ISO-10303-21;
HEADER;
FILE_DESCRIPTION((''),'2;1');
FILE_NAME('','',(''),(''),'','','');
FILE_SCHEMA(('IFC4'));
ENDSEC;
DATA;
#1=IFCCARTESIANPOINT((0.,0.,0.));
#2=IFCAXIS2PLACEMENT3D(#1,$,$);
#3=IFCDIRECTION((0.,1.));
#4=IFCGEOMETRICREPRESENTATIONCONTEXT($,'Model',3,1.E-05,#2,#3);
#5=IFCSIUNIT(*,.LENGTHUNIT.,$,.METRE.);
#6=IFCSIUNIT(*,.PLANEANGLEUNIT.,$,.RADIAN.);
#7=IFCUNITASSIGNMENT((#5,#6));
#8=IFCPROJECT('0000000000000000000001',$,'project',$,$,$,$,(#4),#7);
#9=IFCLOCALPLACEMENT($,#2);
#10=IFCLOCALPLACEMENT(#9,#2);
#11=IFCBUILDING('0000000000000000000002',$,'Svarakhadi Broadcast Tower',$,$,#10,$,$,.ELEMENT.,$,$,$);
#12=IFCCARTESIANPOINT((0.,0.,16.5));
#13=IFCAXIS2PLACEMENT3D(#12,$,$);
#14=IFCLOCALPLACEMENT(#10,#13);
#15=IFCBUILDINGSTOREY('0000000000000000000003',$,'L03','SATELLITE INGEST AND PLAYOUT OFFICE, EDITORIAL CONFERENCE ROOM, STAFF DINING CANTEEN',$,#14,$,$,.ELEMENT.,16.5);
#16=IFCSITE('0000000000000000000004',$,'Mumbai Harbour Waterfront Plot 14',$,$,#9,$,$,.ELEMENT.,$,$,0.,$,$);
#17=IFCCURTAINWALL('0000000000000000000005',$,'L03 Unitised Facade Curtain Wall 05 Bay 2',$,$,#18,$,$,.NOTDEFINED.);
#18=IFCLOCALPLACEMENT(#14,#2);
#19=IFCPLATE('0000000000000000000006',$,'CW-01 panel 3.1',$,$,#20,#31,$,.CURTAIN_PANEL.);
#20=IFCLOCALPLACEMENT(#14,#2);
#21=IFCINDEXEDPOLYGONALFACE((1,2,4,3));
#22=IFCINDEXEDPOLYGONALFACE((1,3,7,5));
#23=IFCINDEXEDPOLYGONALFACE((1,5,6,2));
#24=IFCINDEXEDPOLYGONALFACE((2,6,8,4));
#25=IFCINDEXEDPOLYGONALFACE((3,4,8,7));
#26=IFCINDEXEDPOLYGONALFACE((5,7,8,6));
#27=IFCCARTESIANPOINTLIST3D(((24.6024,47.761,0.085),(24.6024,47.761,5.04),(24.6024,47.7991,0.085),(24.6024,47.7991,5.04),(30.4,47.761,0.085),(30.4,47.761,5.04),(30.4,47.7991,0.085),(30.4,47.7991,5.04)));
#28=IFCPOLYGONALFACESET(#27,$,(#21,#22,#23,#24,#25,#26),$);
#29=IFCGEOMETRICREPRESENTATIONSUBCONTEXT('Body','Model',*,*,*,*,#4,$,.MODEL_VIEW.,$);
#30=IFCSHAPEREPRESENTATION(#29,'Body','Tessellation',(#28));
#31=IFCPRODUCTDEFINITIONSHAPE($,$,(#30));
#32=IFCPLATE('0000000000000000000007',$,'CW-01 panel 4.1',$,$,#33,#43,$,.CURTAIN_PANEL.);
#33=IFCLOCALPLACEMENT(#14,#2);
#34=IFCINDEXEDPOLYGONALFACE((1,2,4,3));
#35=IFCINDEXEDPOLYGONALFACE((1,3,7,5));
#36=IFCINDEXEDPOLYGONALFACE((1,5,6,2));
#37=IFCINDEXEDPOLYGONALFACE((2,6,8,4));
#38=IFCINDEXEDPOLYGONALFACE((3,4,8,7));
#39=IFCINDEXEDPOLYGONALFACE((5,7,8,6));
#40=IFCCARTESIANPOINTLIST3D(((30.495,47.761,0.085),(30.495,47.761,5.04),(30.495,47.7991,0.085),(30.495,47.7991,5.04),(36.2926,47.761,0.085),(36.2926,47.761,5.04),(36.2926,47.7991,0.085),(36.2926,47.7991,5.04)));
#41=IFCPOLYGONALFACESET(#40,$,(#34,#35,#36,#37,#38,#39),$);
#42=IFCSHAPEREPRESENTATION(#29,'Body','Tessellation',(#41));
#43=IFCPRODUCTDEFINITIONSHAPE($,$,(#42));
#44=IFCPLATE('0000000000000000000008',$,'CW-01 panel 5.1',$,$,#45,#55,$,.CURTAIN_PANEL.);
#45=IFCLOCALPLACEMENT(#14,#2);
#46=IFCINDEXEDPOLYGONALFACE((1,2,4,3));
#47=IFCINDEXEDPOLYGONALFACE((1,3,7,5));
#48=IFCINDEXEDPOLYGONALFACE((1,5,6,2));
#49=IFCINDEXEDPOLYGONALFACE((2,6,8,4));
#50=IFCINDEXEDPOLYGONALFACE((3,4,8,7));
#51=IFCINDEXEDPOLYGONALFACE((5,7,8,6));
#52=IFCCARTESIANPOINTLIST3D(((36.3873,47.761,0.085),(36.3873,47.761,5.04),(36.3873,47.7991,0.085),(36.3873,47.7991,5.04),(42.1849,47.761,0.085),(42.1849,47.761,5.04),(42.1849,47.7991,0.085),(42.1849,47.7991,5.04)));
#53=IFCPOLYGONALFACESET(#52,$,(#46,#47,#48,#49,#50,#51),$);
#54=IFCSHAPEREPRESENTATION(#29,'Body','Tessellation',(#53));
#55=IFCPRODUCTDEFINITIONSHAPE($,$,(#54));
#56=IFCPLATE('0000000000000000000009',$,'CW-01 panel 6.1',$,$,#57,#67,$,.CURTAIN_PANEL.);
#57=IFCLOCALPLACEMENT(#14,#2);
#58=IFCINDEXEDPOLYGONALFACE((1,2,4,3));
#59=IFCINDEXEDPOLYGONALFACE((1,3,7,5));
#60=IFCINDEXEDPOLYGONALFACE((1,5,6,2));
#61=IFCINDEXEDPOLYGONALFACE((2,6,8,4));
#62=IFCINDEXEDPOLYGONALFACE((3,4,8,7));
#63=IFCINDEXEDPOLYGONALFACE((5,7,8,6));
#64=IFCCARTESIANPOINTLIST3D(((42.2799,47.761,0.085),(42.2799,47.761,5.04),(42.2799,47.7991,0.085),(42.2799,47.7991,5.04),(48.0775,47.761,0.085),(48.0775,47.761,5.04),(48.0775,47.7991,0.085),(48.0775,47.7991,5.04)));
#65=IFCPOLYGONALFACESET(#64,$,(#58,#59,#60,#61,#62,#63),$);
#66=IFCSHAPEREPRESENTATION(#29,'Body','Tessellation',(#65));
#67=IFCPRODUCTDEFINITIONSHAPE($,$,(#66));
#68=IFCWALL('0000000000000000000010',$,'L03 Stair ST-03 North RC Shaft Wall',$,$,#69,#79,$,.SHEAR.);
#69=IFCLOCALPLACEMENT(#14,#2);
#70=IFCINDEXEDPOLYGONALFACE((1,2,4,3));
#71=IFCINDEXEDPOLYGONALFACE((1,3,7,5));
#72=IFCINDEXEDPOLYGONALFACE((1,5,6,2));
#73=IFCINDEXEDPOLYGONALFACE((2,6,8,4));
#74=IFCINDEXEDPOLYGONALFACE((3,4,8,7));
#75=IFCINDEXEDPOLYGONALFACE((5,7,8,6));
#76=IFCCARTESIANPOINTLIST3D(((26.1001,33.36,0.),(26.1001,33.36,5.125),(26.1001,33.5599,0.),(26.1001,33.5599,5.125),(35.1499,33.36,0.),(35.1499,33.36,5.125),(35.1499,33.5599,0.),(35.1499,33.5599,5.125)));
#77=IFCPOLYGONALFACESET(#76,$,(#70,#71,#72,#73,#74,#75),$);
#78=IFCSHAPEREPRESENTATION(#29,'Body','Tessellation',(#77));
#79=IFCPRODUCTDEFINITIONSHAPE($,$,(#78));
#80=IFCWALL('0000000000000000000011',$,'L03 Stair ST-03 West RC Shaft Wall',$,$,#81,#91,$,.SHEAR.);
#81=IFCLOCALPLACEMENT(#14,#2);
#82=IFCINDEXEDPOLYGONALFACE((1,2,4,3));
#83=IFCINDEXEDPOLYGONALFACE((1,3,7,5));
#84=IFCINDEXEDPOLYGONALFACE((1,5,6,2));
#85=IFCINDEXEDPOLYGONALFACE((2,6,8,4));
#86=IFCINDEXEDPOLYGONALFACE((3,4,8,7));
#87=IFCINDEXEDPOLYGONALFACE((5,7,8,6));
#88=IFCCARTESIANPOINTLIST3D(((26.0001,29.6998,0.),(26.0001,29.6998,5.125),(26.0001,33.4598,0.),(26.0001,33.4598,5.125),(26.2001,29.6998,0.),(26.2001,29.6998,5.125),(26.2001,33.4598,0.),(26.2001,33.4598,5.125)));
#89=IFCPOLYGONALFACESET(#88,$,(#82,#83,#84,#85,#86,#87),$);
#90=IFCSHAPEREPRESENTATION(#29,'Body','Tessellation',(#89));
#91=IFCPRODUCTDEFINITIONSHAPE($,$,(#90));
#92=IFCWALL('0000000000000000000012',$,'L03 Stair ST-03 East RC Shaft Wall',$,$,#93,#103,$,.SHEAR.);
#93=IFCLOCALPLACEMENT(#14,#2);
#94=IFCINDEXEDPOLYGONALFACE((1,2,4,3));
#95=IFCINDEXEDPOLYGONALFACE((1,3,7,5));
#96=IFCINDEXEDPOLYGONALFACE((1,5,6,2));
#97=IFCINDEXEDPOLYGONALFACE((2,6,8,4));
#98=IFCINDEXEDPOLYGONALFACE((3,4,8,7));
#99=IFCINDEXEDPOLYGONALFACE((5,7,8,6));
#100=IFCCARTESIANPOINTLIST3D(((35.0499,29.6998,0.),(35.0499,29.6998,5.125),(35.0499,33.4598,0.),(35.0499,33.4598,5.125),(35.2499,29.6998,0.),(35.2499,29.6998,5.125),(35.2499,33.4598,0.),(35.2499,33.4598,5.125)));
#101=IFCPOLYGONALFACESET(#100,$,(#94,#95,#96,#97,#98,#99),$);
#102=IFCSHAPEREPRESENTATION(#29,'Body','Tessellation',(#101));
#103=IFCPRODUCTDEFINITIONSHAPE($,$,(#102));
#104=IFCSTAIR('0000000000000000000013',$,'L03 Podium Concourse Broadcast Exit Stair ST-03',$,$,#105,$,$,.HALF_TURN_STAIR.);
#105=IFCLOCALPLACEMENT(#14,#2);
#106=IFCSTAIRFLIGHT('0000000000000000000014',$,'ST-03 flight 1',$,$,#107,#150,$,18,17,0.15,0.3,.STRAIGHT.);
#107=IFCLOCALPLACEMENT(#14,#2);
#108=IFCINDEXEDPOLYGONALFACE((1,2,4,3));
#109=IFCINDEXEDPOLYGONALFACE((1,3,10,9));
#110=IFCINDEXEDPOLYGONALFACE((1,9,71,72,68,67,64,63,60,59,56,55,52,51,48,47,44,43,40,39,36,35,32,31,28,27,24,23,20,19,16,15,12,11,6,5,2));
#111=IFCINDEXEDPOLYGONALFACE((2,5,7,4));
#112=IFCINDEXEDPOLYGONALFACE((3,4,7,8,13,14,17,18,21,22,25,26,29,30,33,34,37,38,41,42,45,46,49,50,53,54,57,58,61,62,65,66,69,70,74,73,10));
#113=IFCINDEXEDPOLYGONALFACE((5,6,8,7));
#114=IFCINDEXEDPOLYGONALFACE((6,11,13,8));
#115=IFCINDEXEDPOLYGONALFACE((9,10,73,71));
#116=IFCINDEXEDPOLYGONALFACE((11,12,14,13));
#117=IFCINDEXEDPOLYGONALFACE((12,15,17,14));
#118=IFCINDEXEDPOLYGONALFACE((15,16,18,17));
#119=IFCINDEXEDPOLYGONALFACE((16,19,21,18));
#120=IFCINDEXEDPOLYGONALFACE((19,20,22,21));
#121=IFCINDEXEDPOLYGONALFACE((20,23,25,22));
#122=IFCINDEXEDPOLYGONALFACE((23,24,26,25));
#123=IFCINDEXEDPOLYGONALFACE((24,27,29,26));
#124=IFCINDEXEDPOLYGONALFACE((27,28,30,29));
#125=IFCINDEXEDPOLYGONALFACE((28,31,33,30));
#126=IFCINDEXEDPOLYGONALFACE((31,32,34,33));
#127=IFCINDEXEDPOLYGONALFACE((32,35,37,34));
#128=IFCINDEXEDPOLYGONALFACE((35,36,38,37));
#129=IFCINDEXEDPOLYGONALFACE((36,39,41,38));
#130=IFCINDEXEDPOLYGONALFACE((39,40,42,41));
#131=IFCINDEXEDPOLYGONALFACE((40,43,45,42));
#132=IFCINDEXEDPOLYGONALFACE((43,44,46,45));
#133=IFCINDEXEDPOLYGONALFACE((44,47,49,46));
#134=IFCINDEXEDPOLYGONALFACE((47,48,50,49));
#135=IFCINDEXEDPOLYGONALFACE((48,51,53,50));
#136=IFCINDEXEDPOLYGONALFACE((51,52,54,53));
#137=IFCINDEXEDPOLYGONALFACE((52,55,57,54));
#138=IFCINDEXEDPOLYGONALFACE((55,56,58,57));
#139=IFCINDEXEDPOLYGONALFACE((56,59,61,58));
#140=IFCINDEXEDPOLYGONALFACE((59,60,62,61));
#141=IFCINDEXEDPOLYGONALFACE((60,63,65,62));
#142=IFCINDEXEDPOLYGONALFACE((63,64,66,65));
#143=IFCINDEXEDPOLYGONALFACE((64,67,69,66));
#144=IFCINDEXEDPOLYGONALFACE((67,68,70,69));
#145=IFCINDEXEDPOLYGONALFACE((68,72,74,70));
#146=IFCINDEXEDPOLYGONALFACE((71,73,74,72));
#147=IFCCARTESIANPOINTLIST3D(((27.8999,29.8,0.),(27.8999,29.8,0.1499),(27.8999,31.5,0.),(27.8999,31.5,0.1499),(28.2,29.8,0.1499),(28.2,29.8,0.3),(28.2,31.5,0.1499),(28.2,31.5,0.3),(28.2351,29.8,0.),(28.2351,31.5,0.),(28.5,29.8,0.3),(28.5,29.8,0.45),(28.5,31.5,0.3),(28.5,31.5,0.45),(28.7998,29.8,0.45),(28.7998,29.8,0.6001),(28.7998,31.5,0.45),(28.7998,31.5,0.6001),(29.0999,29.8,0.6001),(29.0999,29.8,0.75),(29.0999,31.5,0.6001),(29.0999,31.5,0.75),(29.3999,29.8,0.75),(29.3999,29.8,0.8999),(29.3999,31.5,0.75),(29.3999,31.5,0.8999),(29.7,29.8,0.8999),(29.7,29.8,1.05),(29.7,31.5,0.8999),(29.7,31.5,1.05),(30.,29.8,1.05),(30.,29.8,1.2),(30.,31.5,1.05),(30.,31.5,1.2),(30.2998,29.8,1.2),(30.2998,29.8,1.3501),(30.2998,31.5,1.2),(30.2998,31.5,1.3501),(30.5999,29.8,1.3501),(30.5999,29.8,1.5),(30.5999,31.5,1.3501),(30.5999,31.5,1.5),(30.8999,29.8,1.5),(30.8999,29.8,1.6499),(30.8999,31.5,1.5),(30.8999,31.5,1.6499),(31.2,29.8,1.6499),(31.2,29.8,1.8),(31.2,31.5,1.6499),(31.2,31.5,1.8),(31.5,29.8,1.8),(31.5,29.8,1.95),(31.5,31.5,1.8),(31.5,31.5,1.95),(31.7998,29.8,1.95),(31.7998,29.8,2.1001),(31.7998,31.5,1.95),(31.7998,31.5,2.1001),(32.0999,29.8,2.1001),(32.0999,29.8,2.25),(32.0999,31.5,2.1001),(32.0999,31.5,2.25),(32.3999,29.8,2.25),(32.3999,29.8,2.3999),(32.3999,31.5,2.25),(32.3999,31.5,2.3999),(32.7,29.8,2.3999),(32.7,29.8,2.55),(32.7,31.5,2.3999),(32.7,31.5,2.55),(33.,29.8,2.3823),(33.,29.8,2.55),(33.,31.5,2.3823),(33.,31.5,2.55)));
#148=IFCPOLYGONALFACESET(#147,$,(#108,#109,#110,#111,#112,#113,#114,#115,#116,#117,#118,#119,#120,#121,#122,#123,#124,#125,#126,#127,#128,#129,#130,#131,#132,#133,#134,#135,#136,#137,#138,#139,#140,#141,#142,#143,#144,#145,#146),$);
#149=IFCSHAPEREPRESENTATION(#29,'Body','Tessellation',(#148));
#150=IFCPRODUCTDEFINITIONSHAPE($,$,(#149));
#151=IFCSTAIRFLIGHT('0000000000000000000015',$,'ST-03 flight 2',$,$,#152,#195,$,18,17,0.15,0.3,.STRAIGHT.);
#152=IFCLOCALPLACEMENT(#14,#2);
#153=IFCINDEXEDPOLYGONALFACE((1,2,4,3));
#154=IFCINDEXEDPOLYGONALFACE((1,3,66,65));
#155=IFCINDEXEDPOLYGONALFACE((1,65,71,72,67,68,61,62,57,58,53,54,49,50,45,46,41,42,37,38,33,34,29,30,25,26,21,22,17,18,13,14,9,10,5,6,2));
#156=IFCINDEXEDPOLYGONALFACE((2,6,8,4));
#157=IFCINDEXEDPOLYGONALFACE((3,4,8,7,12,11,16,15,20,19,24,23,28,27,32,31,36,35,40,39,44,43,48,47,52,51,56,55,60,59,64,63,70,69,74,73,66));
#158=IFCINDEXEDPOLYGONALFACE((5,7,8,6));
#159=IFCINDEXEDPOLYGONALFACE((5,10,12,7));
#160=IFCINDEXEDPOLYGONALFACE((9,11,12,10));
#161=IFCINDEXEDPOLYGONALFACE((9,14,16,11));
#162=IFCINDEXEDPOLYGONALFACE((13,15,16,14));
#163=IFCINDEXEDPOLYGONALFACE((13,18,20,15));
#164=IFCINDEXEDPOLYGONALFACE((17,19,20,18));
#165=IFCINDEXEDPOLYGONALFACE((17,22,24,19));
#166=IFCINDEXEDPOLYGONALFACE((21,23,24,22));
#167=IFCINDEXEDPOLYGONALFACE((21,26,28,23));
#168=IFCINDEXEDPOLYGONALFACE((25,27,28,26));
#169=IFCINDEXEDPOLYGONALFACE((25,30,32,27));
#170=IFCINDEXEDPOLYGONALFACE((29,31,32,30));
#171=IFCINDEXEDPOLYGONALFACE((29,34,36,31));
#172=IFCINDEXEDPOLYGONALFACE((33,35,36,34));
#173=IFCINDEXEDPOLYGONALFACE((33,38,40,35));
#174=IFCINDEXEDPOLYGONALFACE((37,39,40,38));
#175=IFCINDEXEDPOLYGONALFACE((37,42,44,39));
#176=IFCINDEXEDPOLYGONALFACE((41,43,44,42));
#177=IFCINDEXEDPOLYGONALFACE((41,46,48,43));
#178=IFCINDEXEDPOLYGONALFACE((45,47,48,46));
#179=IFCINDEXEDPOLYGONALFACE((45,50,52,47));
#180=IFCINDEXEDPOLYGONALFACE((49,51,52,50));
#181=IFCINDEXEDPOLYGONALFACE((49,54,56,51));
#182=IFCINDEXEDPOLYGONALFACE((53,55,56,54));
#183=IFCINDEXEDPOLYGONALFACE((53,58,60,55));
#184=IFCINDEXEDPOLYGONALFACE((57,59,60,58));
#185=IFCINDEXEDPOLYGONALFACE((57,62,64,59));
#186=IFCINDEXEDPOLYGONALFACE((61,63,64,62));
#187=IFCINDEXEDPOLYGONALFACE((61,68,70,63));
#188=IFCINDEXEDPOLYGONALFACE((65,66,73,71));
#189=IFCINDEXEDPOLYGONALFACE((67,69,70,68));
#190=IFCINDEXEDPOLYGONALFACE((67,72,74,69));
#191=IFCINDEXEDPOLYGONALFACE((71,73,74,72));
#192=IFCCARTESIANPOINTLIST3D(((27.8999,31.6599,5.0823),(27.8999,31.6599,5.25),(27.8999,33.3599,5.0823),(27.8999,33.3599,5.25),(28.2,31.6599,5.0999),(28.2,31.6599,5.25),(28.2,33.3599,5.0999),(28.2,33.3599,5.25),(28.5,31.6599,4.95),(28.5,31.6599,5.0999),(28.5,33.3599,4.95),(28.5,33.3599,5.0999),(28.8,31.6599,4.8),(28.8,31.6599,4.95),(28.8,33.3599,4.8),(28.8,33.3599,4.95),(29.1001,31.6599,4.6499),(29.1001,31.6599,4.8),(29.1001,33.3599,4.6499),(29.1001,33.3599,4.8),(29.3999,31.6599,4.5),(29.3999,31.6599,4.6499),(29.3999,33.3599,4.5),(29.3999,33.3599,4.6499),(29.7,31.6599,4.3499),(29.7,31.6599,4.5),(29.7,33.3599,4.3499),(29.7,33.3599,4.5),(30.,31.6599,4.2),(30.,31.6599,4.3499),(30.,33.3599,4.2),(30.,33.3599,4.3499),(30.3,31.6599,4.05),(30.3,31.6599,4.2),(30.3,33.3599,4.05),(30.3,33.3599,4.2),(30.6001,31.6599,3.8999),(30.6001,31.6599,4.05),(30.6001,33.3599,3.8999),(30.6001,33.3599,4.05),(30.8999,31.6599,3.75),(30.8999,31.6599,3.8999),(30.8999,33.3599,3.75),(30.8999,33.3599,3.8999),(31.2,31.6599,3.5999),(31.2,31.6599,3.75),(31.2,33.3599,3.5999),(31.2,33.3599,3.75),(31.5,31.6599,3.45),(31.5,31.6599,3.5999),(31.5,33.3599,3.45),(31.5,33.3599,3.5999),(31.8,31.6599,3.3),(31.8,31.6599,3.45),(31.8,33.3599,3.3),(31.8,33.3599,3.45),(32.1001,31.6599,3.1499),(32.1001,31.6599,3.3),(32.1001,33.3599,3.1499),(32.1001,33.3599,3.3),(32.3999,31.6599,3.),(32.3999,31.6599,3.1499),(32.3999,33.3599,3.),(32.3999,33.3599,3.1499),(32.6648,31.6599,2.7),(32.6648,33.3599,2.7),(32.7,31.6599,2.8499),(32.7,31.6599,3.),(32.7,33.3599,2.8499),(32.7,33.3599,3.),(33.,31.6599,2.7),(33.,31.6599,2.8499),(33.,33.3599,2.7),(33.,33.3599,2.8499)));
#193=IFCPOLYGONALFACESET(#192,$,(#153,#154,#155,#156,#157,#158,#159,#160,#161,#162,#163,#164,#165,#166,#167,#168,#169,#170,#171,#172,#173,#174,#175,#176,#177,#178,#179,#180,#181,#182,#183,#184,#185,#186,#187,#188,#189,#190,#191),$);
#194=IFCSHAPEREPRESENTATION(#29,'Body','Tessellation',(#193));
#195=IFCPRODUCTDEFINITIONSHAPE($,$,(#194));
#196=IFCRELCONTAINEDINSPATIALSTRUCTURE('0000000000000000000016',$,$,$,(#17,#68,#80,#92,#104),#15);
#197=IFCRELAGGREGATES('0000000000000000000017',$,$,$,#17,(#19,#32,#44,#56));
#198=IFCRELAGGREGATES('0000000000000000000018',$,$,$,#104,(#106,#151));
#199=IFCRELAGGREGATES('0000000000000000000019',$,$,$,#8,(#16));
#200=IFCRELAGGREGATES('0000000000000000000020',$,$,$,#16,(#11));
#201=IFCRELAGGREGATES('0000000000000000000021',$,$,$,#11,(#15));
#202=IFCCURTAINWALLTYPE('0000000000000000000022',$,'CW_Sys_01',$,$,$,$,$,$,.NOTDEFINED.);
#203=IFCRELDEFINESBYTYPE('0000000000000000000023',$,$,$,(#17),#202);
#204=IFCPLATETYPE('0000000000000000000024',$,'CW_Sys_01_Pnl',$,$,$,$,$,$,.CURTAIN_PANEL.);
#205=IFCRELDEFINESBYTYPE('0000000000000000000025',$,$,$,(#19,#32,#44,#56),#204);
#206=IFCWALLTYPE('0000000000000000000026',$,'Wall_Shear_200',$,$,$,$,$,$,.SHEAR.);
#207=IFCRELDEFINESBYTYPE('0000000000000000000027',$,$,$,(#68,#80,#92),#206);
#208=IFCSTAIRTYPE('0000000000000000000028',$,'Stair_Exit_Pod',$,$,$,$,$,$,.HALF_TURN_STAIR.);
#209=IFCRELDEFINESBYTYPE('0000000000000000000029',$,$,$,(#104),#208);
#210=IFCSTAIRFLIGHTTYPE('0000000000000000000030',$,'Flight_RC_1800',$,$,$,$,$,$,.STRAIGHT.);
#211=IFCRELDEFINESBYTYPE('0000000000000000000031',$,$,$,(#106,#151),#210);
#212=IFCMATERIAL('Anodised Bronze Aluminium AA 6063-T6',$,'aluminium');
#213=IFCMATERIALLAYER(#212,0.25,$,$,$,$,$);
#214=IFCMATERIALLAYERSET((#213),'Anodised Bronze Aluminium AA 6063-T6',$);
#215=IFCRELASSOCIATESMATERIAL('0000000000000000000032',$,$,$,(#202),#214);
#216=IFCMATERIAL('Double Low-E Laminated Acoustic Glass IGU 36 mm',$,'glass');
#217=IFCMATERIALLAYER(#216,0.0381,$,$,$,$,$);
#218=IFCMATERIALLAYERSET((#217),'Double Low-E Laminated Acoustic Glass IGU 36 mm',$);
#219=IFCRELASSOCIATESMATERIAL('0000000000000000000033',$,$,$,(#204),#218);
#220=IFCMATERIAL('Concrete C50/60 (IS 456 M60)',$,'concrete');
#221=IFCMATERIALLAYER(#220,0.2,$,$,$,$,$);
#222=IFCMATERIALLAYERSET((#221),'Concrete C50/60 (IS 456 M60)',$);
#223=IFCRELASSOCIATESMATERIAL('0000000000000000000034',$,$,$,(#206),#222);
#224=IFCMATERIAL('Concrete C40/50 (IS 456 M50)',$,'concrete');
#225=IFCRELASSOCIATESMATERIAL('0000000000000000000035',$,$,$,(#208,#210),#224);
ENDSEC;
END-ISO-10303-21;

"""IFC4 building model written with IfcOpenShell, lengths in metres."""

from ifc_helpers import new_model, si_unit, direction, frame, frame_2d, origin, origin_2d, place, context, subcontext, project, spatial, polyline, rectangle, outline, extrude, material, layer, layer_set, type_object, element, aggregate, save


model = new_model("IFC4")

# Units and contexts
model_context = context("Model", 3, precision=1e-05, world=origin(), true_north=direction((0.0, 1.0)))
body_context = subcontext(model_context, "Body", "Model", "MODEL_VIEW")
ifc_project = project(units=[si_unit("LENGTHUNIT", "METRE"), si_unit("PLANEANGLEUNIT", "RADIAN")], contexts=[model_context])

# Site, building, storey
site_placement = place(None, origin())
site = spatial("IfcSite", under=ifc_project, at=site_placement, Name="Mumbai Harbour Waterfront Plot 14", CompositionType="ELEMENT", RefElevation=0.0)
building_placement = place(site_placement, origin())
building = spatial("IfcBuilding", under=site, at=building_placement, Name="Svarakhadi Broadcast Tower", CompositionType="ELEMENT")
storey_placement = place(building_placement, frame((0.0, 0.0, 16.5)))
storey = spatial("IfcBuildingStorey", under=building, at=storey_placement, Name="L03", Description="SATELLITE INGEST AND PLAYOUT OFFICE, EDITORIAL CONFERENCE ROOM, STAFF DINING CANTEEN", CompositionType="ELEMENT", Elevation=16.5)

# Curtain wall
ifc_material_1 = material(Name="Anodised Bronze Aluminium AA 6063-T6", Category="aluminium")
ifc_layer_1 = layer(ifc_material_1, 0.25)
ifc_layer_set_1 = layer_set([ifc_layer_1], Name="Anodised Bronze Aluminium AA 6063-T6")
curtain_wall_type = type_object("IfcCurtainWallType", Name="CW_Sys_01", PredefinedType="NOTDEFINED", material=ifc_layer_set_1)
curtain_wall_placement = place(storey_placement, origin())
curtain_wall = element("IfcCurtainWall", 1, at=curtain_wall_placement, inside=storey, type_object=curtain_wall_type, Name="L03 Unitised Facade Curtain Wall 05 Bay 2", PredefinedType="NOTDEFINED")

# Shared definitions
ifc_material_2 = material(Name="Concrete C50/60 (IS 456 M60)", Category="concrete")

# Plates
ifc_material_3 = material(Name="Double Low-E Laminated Acoustic Glass IGU 36 mm", Category="glass")
ifc_layer_2 = layer(ifc_material_3, 0.0381)
ifc_layer_set_2 = layer_set([ifc_layer_2], Name="Double Low-E Laminated Acoustic Glass IGU 36 mm")
plate_type = type_object("IfcPlateType", Name="CW_Sys_01_Pnl", PredefinedType="CURTAIN_PANEL", material=ifc_layer_set_2)
plate_1_placement = place(storey_placement, frame((27.5012, 47.78, 0.085), z_axis=(0.0, 0.0, 1.0), x_axis=(1.0, 0.0, 0.0)))
plate_1 = element("IfcPlate", 2, at=plate_1_placement, type_object=plate_type, Name="CW-01 panel 3.1", PredefinedType="CURTAIN_PANEL", context=body_context, shape_type="SweptSolid", body=[
    extrude(rectangle(XDim=5.7976, YDim=0.0381, at=origin_2d()), origin(), (0.0, 0.0, 1.0), 4.9551),
])
plate_2_placement = place(storey_placement, frame((33.3938, 47.78, 0.085), z_axis=(0.0, 0.0, 1.0), x_axis=(1.0, 0.0, 0.0)))
plate_2 = element("IfcPlate", 3, at=plate_2_placement, type_object=plate_type, Name="CW-01 panel 4.1", PredefinedType="CURTAIN_PANEL", context=body_context, shape_type="SweptSolid", body=[
    extrude(rectangle(XDim=5.7976, YDim=0.0381, at=origin_2d()), origin(), (0.0, 0.0, 1.0), 4.9551),
])
plate_3_placement = place(storey_placement, frame((39.2861, 47.78, 0.085), z_axis=(0.0, 0.0, 1.0), x_axis=(1.0, 0.0, 0.0)))
plate_3 = element("IfcPlate", 4, at=plate_3_placement, type_object=plate_type, Name="CW-01 panel 5.1", PredefinedType="CURTAIN_PANEL", context=body_context, shape_type="SweptSolid", body=[
    extrude(rectangle(XDim=5.7976, YDim=0.0381, at=origin_2d()), origin(), (0.0, 0.0, 1.0), 4.9551),
])
plate_4_placement = place(storey_placement, frame((45.1787, 47.78, 0.085), z_axis=(0.0, 0.0, 1.0), x_axis=(1.0, 0.0, 0.0)))
plate_4 = element("IfcPlate", 5, at=plate_4_placement, type_object=plate_type, Name="CW-01 panel 6.1", PredefinedType="CURTAIN_PANEL", context=body_context, shape_type="SweptSolid", body=[
    extrude(rectangle(XDim=5.7976, YDim=0.0381, at=origin_2d()), origin(), (0.0, 0.0, 1.0), 4.9551),
])
aggregate(curtain_wall, [plate_1, plate_2, plate_3, plate_4])

# Walls
ifc_layer_3 = layer(ifc_material_2, 0.2)
ifc_layer_set_3 = layer_set([ifc_layer_3], Name="Concrete C50/60 (IS 456 M60)")
wall_type = type_object("IfcWallType", Name="Wall_Shear_200", PredefinedType="SHEAR", material=ifc_layer_set_3)
wall_placement = place(storey_placement, frame((26.1001, 33.46, 0.0), z_axis=(0.0, 0.0, 1.0), x_axis=(1.0, 0.0, 0.0)))
element("IfcWall", 6, at=wall_placement, inside=storey, type_object=wall_type, Name="L03 Stair ST-03 North RC Shaft Wall", PredefinedType="SHEAR", context=body_context, shape_type="SweptSolid", body=[
    extrude(rectangle(XDim=9.0498, YDim=0.2, at=frame_2d((4.5249, 0.0))), origin(), (0.0, 0.0, 1.0), 5.125),
])
for number, where, z_axis, x_axis, name in (
    (7, (26.1001, 29.7, 0.0), (0.0, 0.0, 1.0), (0.0, 1.0, 0.0), "L03 Stair ST-03 West RC Shaft Wall"),
    (8, (35.1499, 29.7, 0.0), (0.0, 0.0, 1.0), (0.0, 1.0, 0.0), "L03 Stair ST-03 East RC Shaft Wall"),
):
    element("IfcWall", number, at=place(storey_placement, frame(where, z_axis=z_axis, x_axis=x_axis)), inside=storey, type_object=wall_type, Name=name, PredefinedType="SHEAR", context=body_context, shape_type="SweptSolid", body=[
        extrude(rectangle(XDim=3.76, YDim=0.2, at=frame_2d((1.8799, 0.0))), origin(), (0.0, 0.0, 1.0), 5.125),
    ])

# Stair, stair flights
ifc_material_4 = material(Name="Concrete C40/50 (IS 456 M50)", Category="concrete")
stair_type = type_object("IfcStairType", Name="Stair_Exit_Pod", PredefinedType="HALF_TURN_STAIR", material=ifc_material_4)
stair_placement = place(storey_placement, origin())
stair = element("IfcStair", 9, at=stair_placement, inside=storey, type_object=stair_type, Name="L03 Podium Concourse Broadcast Exit Stair ST-03", PredefinedType="HALF_TURN_STAIR")
stair_flight_type = type_object("IfcStairFlightType", Name="Flight_RC_1800", PredefinedType="STRAIGHT", material=ifc_material_4)
stair_flight_1_placement = place(storey_placement, frame((27.8999, 30.6499, 0.0), z_axis=(0.0, 0.0, 1.0), x_axis=(1.0, 0.0, 0.0)))
stair_flight_1 = element("IfcStairFlight", 10, at=stair_flight_1_placement, type_object=stair_flight_type, Name="ST-03 flight 1", NumberOfRisers=18, NumberOfTreads=17, PredefinedType="STRAIGHT", RiserHeight=0.15, TreadLength=0.3, context=body_context, shape_type="SweptSolid", body=[
    extrude(outline(polyline([(0.0, 0.0), (0.0, 0.1499), (0.3, 0.1499), (0.3, 0.3), (0.6001, 0.3), (0.6001, 0.45), (0.8999, 0.45), (0.8999, 0.6001), (1.2, 0.6001), (1.2, 0.75), (1.5, 0.75), (1.5, 0.8999), (1.8, 0.8999), (1.8, 1.05), (2.1001, 1.05), (2.1001, 1.2), (2.3999, 1.2), (2.3999, 1.3501), (2.7, 1.3501), (2.7, 1.5), (3.0, 1.5), (3.0, 1.6499), (3.3, 1.6499), (3.3, 1.8), (3.6001, 1.8), (3.6001, 1.95), (3.8999, 1.95), (3.8999, 2.1001), (4.2, 2.1001), (4.2, 2.25), (4.5, 2.25), (4.5, 2.3999), (4.8, 2.3999), (4.8, 2.55), (5.1001, 2.55), (5.1001, 2.7), (5.1001, 2.3823), (0.3352, 0.0), (0.0, 0.0)])), frame((0.0, 0.8501, 0.0), z_axis=(0.0, -1.0, 0.0), x_axis=(1.0, 0.0, 0.0)), (0.0, 0.0, 1.0), 1.7),
])
stair_flight_2_placement = place(storey_placement, frame((33.0, 32.51, 2.7), z_axis=(0.0, 0.0, 1.0), x_axis=(-1.0, 0.0, 0.0)))
stair_flight_2 = element("IfcStairFlight", 11, at=stair_flight_2_placement, type_object=stair_flight_type, Name="ST-03 flight 2", NumberOfRisers=18, NumberOfTreads=17, PredefinedType="STRAIGHT", RiserHeight=0.15, TreadLength=0.3, context=body_context, shape_type="SweptSolid", body=[
    extrude(outline(polyline([(0.0, 0.0), (0.0, 0.1499), (0.3, 0.1499), (0.3, 0.3), (0.6001, 0.3), (0.6001, 0.45), (0.8999, 0.45), (0.8999, 0.6001), (1.2, 0.6001), (1.2, 0.75), (1.5, 0.75), (1.5, 0.8999), (1.8, 0.8999), (1.8, 1.05), (2.1001, 1.05), (2.1001, 1.2), (2.3999, 1.2), (2.3999, 1.3501), (2.7, 1.3501), (2.7, 1.5), (3.0, 1.5), (3.0, 1.6499), (3.3, 1.6499), (3.3, 1.8), (3.6001, 1.8), (3.6001, 1.95), (3.8999, 1.95), (3.8999, 2.1001), (4.2, 2.1001), (4.2, 2.25), (4.5, 2.25), (4.5, 2.3999), (4.8, 2.3999), (4.8, 2.55), (5.1001, 2.55), (5.1001, 2.7), (5.1001, 2.3823), (0.3352, 0.0), (0.0, 0.0)])), frame((0.0, 0.8501, 0.0), z_axis=(0.0, -1.0, 0.0), x_axis=(1.0, 0.0, 0.0)), (0.0, 0.0, 1.0), 1.7),
])
aggregate(stair, [stair_flight_1, stair_flight_2])

save(model, "model.ifc")
